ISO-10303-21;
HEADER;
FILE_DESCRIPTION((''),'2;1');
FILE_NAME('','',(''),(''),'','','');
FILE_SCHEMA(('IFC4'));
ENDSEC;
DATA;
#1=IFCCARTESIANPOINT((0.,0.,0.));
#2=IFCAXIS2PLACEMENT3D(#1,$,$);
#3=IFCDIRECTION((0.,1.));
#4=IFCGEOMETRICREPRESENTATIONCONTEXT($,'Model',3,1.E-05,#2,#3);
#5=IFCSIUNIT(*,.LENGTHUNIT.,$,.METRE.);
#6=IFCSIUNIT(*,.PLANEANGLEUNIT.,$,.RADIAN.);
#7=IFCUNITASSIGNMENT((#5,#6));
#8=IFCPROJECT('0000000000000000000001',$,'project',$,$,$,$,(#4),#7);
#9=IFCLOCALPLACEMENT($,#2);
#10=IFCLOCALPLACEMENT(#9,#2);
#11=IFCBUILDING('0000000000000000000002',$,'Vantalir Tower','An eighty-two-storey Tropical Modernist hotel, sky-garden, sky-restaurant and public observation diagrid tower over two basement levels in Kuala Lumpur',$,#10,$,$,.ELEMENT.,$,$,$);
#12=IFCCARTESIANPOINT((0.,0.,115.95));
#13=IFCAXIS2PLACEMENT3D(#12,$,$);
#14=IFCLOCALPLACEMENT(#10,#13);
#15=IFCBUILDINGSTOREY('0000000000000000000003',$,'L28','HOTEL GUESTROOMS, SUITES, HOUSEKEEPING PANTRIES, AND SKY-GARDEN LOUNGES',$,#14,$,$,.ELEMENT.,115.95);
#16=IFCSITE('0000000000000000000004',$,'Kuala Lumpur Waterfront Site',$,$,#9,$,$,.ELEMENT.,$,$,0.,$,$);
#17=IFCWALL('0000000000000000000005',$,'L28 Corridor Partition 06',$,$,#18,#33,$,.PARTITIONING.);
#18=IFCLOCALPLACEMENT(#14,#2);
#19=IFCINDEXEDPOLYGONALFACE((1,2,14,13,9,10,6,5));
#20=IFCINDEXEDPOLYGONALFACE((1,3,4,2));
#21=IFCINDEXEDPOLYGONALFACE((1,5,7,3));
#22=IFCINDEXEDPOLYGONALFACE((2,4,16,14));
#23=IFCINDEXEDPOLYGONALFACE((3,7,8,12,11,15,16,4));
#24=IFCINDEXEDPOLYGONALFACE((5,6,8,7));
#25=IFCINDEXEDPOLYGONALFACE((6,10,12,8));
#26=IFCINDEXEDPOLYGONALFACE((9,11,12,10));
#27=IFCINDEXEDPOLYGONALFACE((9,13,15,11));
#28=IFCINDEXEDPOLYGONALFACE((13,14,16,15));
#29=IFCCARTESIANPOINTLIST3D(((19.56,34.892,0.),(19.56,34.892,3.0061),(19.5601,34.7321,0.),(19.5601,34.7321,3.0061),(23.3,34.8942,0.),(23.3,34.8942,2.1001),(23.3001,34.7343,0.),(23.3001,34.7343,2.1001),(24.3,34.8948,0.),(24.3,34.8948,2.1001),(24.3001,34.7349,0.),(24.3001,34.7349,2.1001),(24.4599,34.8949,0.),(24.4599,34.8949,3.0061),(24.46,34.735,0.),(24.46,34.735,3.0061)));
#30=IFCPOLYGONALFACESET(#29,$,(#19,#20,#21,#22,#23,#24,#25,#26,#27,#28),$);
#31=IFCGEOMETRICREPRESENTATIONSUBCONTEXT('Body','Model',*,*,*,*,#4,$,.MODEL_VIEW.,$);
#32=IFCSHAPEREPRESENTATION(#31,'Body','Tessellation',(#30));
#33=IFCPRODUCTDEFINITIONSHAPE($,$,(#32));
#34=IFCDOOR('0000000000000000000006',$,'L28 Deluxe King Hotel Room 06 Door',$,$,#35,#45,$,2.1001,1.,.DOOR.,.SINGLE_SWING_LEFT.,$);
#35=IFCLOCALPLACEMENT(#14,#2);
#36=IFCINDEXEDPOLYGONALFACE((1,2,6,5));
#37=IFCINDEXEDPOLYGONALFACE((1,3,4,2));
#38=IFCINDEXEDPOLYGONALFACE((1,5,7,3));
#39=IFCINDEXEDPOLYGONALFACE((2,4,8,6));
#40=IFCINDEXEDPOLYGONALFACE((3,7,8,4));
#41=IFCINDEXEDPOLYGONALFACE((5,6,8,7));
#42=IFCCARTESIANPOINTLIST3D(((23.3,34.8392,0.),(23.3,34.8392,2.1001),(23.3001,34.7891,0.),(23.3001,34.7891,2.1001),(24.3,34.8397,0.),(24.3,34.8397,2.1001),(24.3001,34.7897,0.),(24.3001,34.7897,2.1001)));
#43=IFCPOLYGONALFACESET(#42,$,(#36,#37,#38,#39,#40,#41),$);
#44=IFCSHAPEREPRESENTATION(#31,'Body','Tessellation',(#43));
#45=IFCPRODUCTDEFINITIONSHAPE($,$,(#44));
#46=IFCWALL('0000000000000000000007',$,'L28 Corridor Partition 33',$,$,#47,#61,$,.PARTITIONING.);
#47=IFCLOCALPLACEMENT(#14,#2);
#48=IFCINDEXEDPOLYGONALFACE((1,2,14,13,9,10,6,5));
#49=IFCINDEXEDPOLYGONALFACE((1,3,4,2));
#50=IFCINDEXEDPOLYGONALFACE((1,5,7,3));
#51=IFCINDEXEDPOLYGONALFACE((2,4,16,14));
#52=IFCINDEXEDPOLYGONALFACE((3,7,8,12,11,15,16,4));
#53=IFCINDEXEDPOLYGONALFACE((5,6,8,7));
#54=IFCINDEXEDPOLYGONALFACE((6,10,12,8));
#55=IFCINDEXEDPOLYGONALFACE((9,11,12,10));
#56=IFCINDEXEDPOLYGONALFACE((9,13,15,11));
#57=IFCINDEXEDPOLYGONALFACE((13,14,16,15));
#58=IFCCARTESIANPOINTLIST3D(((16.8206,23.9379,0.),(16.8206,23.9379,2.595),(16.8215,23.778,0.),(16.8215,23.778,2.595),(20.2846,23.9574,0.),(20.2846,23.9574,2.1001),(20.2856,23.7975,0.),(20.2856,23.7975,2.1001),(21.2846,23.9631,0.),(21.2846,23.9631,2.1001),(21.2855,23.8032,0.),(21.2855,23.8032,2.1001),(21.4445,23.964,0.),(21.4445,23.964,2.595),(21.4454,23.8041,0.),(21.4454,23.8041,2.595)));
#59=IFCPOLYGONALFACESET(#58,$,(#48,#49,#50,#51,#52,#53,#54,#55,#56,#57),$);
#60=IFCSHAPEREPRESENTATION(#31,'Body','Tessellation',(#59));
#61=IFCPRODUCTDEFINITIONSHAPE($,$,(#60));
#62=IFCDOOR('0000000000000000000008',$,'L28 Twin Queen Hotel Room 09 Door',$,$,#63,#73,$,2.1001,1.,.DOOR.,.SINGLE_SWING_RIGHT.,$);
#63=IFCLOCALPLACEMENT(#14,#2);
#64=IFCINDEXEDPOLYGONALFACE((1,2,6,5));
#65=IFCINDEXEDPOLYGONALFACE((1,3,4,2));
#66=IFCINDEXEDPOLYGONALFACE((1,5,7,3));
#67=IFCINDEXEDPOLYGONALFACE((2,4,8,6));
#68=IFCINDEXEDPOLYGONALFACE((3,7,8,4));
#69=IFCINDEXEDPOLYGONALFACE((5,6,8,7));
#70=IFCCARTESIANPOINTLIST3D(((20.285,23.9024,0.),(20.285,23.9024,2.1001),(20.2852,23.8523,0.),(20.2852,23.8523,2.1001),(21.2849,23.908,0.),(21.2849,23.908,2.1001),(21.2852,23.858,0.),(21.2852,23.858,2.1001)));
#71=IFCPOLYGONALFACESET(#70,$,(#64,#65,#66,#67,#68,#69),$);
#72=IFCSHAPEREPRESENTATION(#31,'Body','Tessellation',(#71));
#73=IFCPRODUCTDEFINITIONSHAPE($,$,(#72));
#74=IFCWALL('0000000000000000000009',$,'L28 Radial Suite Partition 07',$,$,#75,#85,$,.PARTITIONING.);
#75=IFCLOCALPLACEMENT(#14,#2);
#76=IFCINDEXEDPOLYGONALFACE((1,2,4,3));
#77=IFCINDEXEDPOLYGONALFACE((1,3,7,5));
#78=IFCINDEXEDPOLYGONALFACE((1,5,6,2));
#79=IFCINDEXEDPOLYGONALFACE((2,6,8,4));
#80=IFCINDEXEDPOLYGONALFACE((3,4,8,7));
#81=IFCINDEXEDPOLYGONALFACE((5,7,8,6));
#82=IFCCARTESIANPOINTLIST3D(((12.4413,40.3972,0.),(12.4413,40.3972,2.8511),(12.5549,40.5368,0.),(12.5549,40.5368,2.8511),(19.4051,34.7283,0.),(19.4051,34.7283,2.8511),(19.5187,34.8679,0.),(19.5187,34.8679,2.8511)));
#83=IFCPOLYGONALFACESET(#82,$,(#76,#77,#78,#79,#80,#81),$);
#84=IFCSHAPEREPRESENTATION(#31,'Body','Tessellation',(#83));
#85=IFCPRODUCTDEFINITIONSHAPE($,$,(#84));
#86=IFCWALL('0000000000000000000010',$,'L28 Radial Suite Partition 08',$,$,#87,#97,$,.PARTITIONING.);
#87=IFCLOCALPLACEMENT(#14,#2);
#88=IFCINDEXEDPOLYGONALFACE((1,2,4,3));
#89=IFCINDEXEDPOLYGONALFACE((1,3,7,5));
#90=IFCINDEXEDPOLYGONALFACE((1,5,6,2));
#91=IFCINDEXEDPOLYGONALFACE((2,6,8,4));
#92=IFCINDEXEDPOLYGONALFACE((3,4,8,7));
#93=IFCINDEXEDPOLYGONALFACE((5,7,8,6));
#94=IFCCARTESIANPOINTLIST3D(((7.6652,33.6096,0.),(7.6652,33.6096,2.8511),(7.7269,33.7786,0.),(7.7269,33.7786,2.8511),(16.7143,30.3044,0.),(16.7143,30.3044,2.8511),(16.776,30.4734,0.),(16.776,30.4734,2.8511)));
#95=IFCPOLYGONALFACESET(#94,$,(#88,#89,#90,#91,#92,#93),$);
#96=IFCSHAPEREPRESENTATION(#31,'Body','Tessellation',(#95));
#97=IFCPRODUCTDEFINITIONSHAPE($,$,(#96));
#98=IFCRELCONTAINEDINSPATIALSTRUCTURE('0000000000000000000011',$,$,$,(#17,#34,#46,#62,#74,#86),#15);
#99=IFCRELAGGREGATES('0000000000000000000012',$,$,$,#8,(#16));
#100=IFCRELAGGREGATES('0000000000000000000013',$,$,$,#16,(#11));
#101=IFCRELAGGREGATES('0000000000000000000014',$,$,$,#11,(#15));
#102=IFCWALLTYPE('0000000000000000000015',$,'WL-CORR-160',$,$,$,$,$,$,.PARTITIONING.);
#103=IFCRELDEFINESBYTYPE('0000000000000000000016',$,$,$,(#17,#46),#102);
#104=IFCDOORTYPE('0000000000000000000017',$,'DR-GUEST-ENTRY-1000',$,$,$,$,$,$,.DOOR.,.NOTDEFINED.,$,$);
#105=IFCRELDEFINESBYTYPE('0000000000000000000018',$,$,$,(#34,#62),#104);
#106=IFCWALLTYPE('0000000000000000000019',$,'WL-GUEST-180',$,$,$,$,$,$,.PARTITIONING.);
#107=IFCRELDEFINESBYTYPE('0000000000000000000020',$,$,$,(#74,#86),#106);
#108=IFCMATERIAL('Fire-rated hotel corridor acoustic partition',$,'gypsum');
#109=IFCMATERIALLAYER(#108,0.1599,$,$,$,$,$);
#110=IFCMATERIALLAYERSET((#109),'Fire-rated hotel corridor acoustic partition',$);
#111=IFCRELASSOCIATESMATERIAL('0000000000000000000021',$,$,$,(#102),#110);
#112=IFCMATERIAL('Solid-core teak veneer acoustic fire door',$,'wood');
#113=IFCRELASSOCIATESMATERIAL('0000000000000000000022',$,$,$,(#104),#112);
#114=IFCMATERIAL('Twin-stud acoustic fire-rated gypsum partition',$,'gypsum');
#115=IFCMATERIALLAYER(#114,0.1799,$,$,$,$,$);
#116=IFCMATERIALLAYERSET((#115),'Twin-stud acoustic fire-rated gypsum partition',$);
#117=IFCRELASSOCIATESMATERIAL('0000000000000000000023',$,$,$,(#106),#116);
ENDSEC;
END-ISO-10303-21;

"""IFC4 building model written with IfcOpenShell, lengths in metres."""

from ifc_helpers import new_model, si_unit, direction, frame, frame_2d, origin, place, context, subcontext, project, spatial, rectangle, extrude, material, layer, layer_set, type_object, element, fill, save


model = new_model("IFC4")

# Units and contexts
model_context = context("Model", 3, precision=1e-05, world=origin(), true_north=direction((0.0, 1.0)))
body_context = subcontext(model_context, "Body", "Model", "MODEL_VIEW")
ifc_project = project(units=[si_unit("LENGTHUNIT", "METRE"), si_unit("PLANEANGLEUNIT", "RADIAN")], contexts=[model_context])

# Site, building, storey
site_placement = place(None, origin())
site = spatial("IfcSite", under=ifc_project, at=site_placement, Name="Kuala Lumpur Waterfront Site", CompositionType="ELEMENT", RefElevation=0.0)
building_placement = place(site_placement, origin())
building = spatial("IfcBuilding", under=site, at=building_placement, Name="Vantalir Tower", Description="An eighty-two-storey Tropical Modernist hotel, sky-garden, sky-restaurant and public observation diagrid tower over two basement levels in Kuala Lumpur", CompositionType="ELEMENT")
storey_placement = place(building_placement, frame((0.0, 0.0, 115.95)))
storey = spatial("IfcBuildingStorey", under=building, at=storey_placement, Name="L28", Description="HOTEL GUESTROOMS, SUITES, HOUSEKEEPING PANTRIES, AND SKY-GARDEN LOUNGES", CompositionType="ELEMENT", Elevation=115.95)

# Shared definitions
ifc_material_1 = material(Name="Fire-rated hotel corridor acoustic partition", Category="gypsum")
ifc_layer_1 = layer(ifc_material_1, 0.1599)
ifc_layer_set_1 = layer_set([ifc_layer_1], Name="Fire-rated hotel corridor acoustic partition")
wall_type_1 = type_object("IfcWallType", Name="WL-CORR-160", PredefinedType="PARTITIONING", material=ifc_layer_set_1)

# Walls, openings, doors
wall_1_placement = place(storey_placement, frame((19.5601, 34.812, 0.0), z_axis=(0.0, 0.0, 1.0), x_axis=(1.0, 0.000598, 0.0)))
wall_1 = element("IfcWall", 1, at=wall_1_placement, inside=storey, type_object=wall_type_1, Name="L28 Corridor Partition 06", PredefinedType="PARTITIONING", context=body_context, shape_type="SweptSolid", body=[
    extrude(rectangle(XDim=4.8999, YDim=0.1599, at=frame_2d((2.45, 0.0))), origin(), (0.0, 0.0, 1.0), 3.0061),
])
opening_1_placement = place(wall_1_placement, frame((3.74, 0.0, 0.0)))
opening_1 = element("IfcOpeningElement", 2, at=opening_1_placement, cuts=wall_1, PredefinedType="OPENING", context=body_context, shape_type="SweptSolid", body=[
    extrude(rectangle(XDim=1.0, YDim=2.1001, at=frame_2d((0.5, 1.05))), frame((0.0, 0.0898, 0.0), z_axis=(0.0, -1.0, 0.0), x_axis=(1.0, 0.0, 0.0)), (0.0, 0.0, 1.0), 0.1799),
])
ifc_material_2 = material(Name="Solid-core teak veneer acoustic fire door", Category="wood")
door_type_1 = type_object("IfcDoorType", Name="DR-GUEST-ENTRY-1000", OperationType="NOTDEFINED", PredefinedType="DOOR", material=ifc_material_2)
door_1_placement = place(opening_1_placement, origin())
door_1 = element("IfcDoor", 3, at=door_1_placement, inside=storey, type_object=door_type_1, Name="L28 Deluxe King Hotel Room 06 Door", OperationType="SINGLE_SWING_LEFT", OverallHeight=2.1001, OverallWidth=1.0, PredefinedType="DOOR", context=body_context, shape_type="SweptSolid", body=[
    extrude(rectangle(XDim=1.0, YDim=2.1001, at=frame_2d((0.5, 1.05))), frame((0.0, 0.0249, 0.0), z_axis=(0.0, -1.0, 0.0), x_axis=(1.0, 0.0, 0.0)), (0.0, 0.0, 1.0), 0.05),
])
fill(opening_1, door_1)
wall_2_placement = place(storey_placement, frame((16.821, 23.8579, 0.0), z_axis=(0.0, 0.0, 1.0), x_axis=(0.999984, 0.005649, 0.0)))
wall_2 = element("IfcWall", 4, at=wall_2_placement, inside=storey, type_object=wall_type_1, Name="L28 Corridor Partition 33", PredefinedType="PARTITIONING", context=body_context, shape_type="SweptSolid", body=[
    extrude(rectangle(XDim=4.624, YDim=0.1599, at=frame_2d((2.312, 0.0))), origin(), (0.0, 0.0, 1.0), 2.595),
])
opening_2_placement = place(wall_2_placement, frame((3.4641, 0.0, 0.0)))
opening_2 = element("IfcOpeningElement", 5, at=opening_2_placement, cuts=wall_2, PredefinedType="OPENING", context=body_context, shape_type="SweptSolid", body=[
    extrude(rectangle(XDim=1.0, YDim=2.1001, at=frame_2d((0.5, 1.05))), frame((0.0, 0.0898, 0.0), z_axis=(0.0, -1.0, 0.0), x_axis=(1.0, 0.0, 0.0)), (0.0, 0.0, 1.0), 0.1799),
])
door_2_placement = place(opening_2_placement, origin())
door_2 = element("IfcDoor", 6, at=door_2_placement, inside=storey, type_object=door_type_1, Name="L28 Twin Queen Hotel Room 09 Door", OperationType="SINGLE_SWING_RIGHT", OverallHeight=2.1001, OverallWidth=1.0, PredefinedType="DOOR", context=body_context, shape_type="SweptSolid", body=[
    extrude(rectangle(XDim=1.0, YDim=2.1001, at=frame_2d((0.5, 1.05))), frame((0.0, 0.0249, 0.0), z_axis=(0.0, -1.0, 0.0), x_axis=(1.0, 0.0, 0.0)), (0.0, 0.0, 1.0), 0.05),
])
fill(opening_2, door_2)

# Walls
ifc_material_3 = material(Name="Twin-stud acoustic fire-rated gypsum partition", Category="gypsum")
ifc_layer_2 = layer(ifc_material_3, 0.1799)
ifc_layer_set_2 = layer_set([ifc_layer_2], Name="Twin-stud acoustic fire-rated gypsum partition")
wall_type_2 = type_object("IfcWallType", Name="WL-GUEST-180", PredefinedType="PARTITIONING", material=ifc_layer_set_2)
wall_3_placement = place(storey_placement, frame((19.4619, 34.7981, 0.0), z_axis=(0.0, 0.0, 1.0), x_axis=(-0.775525, 0.631317, 0.0)))
element("IfcWall", 7, at=wall_3_placement, inside=storey, type_object=wall_type_2, Name="L28 Radial Suite Partition 07", PredefinedType="PARTITIONING", context=body_context, shape_type="SweptSolid", body=[
    extrude(rectangle(XDim=8.9795, YDim=0.1799, at=frame_2d((4.4897, 0.0))), origin(), (0.0, 0.0, 1.0), 2.8511),
])
wall_4_placement = place(storey_placement, frame((16.7451, 30.3889, 0.0), z_axis=(0.0, 0.0, 1.0), x_axis=(-0.939306, 0.343082, 0.0)))
element("IfcWall", 8, at=wall_4_placement, inside=storey, type_object=wall_type_2, Name="L28 Radial Suite Partition 08", PredefinedType="PARTITIONING", context=body_context, shape_type="SweptSolid", body=[
    extrude(rectangle(XDim=9.6338, YDim=0.1799, at=frame_2d((4.8169, 0.0))), origin(), (0.0, 0.0, 1.0), 2.8511),
])

save(model, "model.ifc")
